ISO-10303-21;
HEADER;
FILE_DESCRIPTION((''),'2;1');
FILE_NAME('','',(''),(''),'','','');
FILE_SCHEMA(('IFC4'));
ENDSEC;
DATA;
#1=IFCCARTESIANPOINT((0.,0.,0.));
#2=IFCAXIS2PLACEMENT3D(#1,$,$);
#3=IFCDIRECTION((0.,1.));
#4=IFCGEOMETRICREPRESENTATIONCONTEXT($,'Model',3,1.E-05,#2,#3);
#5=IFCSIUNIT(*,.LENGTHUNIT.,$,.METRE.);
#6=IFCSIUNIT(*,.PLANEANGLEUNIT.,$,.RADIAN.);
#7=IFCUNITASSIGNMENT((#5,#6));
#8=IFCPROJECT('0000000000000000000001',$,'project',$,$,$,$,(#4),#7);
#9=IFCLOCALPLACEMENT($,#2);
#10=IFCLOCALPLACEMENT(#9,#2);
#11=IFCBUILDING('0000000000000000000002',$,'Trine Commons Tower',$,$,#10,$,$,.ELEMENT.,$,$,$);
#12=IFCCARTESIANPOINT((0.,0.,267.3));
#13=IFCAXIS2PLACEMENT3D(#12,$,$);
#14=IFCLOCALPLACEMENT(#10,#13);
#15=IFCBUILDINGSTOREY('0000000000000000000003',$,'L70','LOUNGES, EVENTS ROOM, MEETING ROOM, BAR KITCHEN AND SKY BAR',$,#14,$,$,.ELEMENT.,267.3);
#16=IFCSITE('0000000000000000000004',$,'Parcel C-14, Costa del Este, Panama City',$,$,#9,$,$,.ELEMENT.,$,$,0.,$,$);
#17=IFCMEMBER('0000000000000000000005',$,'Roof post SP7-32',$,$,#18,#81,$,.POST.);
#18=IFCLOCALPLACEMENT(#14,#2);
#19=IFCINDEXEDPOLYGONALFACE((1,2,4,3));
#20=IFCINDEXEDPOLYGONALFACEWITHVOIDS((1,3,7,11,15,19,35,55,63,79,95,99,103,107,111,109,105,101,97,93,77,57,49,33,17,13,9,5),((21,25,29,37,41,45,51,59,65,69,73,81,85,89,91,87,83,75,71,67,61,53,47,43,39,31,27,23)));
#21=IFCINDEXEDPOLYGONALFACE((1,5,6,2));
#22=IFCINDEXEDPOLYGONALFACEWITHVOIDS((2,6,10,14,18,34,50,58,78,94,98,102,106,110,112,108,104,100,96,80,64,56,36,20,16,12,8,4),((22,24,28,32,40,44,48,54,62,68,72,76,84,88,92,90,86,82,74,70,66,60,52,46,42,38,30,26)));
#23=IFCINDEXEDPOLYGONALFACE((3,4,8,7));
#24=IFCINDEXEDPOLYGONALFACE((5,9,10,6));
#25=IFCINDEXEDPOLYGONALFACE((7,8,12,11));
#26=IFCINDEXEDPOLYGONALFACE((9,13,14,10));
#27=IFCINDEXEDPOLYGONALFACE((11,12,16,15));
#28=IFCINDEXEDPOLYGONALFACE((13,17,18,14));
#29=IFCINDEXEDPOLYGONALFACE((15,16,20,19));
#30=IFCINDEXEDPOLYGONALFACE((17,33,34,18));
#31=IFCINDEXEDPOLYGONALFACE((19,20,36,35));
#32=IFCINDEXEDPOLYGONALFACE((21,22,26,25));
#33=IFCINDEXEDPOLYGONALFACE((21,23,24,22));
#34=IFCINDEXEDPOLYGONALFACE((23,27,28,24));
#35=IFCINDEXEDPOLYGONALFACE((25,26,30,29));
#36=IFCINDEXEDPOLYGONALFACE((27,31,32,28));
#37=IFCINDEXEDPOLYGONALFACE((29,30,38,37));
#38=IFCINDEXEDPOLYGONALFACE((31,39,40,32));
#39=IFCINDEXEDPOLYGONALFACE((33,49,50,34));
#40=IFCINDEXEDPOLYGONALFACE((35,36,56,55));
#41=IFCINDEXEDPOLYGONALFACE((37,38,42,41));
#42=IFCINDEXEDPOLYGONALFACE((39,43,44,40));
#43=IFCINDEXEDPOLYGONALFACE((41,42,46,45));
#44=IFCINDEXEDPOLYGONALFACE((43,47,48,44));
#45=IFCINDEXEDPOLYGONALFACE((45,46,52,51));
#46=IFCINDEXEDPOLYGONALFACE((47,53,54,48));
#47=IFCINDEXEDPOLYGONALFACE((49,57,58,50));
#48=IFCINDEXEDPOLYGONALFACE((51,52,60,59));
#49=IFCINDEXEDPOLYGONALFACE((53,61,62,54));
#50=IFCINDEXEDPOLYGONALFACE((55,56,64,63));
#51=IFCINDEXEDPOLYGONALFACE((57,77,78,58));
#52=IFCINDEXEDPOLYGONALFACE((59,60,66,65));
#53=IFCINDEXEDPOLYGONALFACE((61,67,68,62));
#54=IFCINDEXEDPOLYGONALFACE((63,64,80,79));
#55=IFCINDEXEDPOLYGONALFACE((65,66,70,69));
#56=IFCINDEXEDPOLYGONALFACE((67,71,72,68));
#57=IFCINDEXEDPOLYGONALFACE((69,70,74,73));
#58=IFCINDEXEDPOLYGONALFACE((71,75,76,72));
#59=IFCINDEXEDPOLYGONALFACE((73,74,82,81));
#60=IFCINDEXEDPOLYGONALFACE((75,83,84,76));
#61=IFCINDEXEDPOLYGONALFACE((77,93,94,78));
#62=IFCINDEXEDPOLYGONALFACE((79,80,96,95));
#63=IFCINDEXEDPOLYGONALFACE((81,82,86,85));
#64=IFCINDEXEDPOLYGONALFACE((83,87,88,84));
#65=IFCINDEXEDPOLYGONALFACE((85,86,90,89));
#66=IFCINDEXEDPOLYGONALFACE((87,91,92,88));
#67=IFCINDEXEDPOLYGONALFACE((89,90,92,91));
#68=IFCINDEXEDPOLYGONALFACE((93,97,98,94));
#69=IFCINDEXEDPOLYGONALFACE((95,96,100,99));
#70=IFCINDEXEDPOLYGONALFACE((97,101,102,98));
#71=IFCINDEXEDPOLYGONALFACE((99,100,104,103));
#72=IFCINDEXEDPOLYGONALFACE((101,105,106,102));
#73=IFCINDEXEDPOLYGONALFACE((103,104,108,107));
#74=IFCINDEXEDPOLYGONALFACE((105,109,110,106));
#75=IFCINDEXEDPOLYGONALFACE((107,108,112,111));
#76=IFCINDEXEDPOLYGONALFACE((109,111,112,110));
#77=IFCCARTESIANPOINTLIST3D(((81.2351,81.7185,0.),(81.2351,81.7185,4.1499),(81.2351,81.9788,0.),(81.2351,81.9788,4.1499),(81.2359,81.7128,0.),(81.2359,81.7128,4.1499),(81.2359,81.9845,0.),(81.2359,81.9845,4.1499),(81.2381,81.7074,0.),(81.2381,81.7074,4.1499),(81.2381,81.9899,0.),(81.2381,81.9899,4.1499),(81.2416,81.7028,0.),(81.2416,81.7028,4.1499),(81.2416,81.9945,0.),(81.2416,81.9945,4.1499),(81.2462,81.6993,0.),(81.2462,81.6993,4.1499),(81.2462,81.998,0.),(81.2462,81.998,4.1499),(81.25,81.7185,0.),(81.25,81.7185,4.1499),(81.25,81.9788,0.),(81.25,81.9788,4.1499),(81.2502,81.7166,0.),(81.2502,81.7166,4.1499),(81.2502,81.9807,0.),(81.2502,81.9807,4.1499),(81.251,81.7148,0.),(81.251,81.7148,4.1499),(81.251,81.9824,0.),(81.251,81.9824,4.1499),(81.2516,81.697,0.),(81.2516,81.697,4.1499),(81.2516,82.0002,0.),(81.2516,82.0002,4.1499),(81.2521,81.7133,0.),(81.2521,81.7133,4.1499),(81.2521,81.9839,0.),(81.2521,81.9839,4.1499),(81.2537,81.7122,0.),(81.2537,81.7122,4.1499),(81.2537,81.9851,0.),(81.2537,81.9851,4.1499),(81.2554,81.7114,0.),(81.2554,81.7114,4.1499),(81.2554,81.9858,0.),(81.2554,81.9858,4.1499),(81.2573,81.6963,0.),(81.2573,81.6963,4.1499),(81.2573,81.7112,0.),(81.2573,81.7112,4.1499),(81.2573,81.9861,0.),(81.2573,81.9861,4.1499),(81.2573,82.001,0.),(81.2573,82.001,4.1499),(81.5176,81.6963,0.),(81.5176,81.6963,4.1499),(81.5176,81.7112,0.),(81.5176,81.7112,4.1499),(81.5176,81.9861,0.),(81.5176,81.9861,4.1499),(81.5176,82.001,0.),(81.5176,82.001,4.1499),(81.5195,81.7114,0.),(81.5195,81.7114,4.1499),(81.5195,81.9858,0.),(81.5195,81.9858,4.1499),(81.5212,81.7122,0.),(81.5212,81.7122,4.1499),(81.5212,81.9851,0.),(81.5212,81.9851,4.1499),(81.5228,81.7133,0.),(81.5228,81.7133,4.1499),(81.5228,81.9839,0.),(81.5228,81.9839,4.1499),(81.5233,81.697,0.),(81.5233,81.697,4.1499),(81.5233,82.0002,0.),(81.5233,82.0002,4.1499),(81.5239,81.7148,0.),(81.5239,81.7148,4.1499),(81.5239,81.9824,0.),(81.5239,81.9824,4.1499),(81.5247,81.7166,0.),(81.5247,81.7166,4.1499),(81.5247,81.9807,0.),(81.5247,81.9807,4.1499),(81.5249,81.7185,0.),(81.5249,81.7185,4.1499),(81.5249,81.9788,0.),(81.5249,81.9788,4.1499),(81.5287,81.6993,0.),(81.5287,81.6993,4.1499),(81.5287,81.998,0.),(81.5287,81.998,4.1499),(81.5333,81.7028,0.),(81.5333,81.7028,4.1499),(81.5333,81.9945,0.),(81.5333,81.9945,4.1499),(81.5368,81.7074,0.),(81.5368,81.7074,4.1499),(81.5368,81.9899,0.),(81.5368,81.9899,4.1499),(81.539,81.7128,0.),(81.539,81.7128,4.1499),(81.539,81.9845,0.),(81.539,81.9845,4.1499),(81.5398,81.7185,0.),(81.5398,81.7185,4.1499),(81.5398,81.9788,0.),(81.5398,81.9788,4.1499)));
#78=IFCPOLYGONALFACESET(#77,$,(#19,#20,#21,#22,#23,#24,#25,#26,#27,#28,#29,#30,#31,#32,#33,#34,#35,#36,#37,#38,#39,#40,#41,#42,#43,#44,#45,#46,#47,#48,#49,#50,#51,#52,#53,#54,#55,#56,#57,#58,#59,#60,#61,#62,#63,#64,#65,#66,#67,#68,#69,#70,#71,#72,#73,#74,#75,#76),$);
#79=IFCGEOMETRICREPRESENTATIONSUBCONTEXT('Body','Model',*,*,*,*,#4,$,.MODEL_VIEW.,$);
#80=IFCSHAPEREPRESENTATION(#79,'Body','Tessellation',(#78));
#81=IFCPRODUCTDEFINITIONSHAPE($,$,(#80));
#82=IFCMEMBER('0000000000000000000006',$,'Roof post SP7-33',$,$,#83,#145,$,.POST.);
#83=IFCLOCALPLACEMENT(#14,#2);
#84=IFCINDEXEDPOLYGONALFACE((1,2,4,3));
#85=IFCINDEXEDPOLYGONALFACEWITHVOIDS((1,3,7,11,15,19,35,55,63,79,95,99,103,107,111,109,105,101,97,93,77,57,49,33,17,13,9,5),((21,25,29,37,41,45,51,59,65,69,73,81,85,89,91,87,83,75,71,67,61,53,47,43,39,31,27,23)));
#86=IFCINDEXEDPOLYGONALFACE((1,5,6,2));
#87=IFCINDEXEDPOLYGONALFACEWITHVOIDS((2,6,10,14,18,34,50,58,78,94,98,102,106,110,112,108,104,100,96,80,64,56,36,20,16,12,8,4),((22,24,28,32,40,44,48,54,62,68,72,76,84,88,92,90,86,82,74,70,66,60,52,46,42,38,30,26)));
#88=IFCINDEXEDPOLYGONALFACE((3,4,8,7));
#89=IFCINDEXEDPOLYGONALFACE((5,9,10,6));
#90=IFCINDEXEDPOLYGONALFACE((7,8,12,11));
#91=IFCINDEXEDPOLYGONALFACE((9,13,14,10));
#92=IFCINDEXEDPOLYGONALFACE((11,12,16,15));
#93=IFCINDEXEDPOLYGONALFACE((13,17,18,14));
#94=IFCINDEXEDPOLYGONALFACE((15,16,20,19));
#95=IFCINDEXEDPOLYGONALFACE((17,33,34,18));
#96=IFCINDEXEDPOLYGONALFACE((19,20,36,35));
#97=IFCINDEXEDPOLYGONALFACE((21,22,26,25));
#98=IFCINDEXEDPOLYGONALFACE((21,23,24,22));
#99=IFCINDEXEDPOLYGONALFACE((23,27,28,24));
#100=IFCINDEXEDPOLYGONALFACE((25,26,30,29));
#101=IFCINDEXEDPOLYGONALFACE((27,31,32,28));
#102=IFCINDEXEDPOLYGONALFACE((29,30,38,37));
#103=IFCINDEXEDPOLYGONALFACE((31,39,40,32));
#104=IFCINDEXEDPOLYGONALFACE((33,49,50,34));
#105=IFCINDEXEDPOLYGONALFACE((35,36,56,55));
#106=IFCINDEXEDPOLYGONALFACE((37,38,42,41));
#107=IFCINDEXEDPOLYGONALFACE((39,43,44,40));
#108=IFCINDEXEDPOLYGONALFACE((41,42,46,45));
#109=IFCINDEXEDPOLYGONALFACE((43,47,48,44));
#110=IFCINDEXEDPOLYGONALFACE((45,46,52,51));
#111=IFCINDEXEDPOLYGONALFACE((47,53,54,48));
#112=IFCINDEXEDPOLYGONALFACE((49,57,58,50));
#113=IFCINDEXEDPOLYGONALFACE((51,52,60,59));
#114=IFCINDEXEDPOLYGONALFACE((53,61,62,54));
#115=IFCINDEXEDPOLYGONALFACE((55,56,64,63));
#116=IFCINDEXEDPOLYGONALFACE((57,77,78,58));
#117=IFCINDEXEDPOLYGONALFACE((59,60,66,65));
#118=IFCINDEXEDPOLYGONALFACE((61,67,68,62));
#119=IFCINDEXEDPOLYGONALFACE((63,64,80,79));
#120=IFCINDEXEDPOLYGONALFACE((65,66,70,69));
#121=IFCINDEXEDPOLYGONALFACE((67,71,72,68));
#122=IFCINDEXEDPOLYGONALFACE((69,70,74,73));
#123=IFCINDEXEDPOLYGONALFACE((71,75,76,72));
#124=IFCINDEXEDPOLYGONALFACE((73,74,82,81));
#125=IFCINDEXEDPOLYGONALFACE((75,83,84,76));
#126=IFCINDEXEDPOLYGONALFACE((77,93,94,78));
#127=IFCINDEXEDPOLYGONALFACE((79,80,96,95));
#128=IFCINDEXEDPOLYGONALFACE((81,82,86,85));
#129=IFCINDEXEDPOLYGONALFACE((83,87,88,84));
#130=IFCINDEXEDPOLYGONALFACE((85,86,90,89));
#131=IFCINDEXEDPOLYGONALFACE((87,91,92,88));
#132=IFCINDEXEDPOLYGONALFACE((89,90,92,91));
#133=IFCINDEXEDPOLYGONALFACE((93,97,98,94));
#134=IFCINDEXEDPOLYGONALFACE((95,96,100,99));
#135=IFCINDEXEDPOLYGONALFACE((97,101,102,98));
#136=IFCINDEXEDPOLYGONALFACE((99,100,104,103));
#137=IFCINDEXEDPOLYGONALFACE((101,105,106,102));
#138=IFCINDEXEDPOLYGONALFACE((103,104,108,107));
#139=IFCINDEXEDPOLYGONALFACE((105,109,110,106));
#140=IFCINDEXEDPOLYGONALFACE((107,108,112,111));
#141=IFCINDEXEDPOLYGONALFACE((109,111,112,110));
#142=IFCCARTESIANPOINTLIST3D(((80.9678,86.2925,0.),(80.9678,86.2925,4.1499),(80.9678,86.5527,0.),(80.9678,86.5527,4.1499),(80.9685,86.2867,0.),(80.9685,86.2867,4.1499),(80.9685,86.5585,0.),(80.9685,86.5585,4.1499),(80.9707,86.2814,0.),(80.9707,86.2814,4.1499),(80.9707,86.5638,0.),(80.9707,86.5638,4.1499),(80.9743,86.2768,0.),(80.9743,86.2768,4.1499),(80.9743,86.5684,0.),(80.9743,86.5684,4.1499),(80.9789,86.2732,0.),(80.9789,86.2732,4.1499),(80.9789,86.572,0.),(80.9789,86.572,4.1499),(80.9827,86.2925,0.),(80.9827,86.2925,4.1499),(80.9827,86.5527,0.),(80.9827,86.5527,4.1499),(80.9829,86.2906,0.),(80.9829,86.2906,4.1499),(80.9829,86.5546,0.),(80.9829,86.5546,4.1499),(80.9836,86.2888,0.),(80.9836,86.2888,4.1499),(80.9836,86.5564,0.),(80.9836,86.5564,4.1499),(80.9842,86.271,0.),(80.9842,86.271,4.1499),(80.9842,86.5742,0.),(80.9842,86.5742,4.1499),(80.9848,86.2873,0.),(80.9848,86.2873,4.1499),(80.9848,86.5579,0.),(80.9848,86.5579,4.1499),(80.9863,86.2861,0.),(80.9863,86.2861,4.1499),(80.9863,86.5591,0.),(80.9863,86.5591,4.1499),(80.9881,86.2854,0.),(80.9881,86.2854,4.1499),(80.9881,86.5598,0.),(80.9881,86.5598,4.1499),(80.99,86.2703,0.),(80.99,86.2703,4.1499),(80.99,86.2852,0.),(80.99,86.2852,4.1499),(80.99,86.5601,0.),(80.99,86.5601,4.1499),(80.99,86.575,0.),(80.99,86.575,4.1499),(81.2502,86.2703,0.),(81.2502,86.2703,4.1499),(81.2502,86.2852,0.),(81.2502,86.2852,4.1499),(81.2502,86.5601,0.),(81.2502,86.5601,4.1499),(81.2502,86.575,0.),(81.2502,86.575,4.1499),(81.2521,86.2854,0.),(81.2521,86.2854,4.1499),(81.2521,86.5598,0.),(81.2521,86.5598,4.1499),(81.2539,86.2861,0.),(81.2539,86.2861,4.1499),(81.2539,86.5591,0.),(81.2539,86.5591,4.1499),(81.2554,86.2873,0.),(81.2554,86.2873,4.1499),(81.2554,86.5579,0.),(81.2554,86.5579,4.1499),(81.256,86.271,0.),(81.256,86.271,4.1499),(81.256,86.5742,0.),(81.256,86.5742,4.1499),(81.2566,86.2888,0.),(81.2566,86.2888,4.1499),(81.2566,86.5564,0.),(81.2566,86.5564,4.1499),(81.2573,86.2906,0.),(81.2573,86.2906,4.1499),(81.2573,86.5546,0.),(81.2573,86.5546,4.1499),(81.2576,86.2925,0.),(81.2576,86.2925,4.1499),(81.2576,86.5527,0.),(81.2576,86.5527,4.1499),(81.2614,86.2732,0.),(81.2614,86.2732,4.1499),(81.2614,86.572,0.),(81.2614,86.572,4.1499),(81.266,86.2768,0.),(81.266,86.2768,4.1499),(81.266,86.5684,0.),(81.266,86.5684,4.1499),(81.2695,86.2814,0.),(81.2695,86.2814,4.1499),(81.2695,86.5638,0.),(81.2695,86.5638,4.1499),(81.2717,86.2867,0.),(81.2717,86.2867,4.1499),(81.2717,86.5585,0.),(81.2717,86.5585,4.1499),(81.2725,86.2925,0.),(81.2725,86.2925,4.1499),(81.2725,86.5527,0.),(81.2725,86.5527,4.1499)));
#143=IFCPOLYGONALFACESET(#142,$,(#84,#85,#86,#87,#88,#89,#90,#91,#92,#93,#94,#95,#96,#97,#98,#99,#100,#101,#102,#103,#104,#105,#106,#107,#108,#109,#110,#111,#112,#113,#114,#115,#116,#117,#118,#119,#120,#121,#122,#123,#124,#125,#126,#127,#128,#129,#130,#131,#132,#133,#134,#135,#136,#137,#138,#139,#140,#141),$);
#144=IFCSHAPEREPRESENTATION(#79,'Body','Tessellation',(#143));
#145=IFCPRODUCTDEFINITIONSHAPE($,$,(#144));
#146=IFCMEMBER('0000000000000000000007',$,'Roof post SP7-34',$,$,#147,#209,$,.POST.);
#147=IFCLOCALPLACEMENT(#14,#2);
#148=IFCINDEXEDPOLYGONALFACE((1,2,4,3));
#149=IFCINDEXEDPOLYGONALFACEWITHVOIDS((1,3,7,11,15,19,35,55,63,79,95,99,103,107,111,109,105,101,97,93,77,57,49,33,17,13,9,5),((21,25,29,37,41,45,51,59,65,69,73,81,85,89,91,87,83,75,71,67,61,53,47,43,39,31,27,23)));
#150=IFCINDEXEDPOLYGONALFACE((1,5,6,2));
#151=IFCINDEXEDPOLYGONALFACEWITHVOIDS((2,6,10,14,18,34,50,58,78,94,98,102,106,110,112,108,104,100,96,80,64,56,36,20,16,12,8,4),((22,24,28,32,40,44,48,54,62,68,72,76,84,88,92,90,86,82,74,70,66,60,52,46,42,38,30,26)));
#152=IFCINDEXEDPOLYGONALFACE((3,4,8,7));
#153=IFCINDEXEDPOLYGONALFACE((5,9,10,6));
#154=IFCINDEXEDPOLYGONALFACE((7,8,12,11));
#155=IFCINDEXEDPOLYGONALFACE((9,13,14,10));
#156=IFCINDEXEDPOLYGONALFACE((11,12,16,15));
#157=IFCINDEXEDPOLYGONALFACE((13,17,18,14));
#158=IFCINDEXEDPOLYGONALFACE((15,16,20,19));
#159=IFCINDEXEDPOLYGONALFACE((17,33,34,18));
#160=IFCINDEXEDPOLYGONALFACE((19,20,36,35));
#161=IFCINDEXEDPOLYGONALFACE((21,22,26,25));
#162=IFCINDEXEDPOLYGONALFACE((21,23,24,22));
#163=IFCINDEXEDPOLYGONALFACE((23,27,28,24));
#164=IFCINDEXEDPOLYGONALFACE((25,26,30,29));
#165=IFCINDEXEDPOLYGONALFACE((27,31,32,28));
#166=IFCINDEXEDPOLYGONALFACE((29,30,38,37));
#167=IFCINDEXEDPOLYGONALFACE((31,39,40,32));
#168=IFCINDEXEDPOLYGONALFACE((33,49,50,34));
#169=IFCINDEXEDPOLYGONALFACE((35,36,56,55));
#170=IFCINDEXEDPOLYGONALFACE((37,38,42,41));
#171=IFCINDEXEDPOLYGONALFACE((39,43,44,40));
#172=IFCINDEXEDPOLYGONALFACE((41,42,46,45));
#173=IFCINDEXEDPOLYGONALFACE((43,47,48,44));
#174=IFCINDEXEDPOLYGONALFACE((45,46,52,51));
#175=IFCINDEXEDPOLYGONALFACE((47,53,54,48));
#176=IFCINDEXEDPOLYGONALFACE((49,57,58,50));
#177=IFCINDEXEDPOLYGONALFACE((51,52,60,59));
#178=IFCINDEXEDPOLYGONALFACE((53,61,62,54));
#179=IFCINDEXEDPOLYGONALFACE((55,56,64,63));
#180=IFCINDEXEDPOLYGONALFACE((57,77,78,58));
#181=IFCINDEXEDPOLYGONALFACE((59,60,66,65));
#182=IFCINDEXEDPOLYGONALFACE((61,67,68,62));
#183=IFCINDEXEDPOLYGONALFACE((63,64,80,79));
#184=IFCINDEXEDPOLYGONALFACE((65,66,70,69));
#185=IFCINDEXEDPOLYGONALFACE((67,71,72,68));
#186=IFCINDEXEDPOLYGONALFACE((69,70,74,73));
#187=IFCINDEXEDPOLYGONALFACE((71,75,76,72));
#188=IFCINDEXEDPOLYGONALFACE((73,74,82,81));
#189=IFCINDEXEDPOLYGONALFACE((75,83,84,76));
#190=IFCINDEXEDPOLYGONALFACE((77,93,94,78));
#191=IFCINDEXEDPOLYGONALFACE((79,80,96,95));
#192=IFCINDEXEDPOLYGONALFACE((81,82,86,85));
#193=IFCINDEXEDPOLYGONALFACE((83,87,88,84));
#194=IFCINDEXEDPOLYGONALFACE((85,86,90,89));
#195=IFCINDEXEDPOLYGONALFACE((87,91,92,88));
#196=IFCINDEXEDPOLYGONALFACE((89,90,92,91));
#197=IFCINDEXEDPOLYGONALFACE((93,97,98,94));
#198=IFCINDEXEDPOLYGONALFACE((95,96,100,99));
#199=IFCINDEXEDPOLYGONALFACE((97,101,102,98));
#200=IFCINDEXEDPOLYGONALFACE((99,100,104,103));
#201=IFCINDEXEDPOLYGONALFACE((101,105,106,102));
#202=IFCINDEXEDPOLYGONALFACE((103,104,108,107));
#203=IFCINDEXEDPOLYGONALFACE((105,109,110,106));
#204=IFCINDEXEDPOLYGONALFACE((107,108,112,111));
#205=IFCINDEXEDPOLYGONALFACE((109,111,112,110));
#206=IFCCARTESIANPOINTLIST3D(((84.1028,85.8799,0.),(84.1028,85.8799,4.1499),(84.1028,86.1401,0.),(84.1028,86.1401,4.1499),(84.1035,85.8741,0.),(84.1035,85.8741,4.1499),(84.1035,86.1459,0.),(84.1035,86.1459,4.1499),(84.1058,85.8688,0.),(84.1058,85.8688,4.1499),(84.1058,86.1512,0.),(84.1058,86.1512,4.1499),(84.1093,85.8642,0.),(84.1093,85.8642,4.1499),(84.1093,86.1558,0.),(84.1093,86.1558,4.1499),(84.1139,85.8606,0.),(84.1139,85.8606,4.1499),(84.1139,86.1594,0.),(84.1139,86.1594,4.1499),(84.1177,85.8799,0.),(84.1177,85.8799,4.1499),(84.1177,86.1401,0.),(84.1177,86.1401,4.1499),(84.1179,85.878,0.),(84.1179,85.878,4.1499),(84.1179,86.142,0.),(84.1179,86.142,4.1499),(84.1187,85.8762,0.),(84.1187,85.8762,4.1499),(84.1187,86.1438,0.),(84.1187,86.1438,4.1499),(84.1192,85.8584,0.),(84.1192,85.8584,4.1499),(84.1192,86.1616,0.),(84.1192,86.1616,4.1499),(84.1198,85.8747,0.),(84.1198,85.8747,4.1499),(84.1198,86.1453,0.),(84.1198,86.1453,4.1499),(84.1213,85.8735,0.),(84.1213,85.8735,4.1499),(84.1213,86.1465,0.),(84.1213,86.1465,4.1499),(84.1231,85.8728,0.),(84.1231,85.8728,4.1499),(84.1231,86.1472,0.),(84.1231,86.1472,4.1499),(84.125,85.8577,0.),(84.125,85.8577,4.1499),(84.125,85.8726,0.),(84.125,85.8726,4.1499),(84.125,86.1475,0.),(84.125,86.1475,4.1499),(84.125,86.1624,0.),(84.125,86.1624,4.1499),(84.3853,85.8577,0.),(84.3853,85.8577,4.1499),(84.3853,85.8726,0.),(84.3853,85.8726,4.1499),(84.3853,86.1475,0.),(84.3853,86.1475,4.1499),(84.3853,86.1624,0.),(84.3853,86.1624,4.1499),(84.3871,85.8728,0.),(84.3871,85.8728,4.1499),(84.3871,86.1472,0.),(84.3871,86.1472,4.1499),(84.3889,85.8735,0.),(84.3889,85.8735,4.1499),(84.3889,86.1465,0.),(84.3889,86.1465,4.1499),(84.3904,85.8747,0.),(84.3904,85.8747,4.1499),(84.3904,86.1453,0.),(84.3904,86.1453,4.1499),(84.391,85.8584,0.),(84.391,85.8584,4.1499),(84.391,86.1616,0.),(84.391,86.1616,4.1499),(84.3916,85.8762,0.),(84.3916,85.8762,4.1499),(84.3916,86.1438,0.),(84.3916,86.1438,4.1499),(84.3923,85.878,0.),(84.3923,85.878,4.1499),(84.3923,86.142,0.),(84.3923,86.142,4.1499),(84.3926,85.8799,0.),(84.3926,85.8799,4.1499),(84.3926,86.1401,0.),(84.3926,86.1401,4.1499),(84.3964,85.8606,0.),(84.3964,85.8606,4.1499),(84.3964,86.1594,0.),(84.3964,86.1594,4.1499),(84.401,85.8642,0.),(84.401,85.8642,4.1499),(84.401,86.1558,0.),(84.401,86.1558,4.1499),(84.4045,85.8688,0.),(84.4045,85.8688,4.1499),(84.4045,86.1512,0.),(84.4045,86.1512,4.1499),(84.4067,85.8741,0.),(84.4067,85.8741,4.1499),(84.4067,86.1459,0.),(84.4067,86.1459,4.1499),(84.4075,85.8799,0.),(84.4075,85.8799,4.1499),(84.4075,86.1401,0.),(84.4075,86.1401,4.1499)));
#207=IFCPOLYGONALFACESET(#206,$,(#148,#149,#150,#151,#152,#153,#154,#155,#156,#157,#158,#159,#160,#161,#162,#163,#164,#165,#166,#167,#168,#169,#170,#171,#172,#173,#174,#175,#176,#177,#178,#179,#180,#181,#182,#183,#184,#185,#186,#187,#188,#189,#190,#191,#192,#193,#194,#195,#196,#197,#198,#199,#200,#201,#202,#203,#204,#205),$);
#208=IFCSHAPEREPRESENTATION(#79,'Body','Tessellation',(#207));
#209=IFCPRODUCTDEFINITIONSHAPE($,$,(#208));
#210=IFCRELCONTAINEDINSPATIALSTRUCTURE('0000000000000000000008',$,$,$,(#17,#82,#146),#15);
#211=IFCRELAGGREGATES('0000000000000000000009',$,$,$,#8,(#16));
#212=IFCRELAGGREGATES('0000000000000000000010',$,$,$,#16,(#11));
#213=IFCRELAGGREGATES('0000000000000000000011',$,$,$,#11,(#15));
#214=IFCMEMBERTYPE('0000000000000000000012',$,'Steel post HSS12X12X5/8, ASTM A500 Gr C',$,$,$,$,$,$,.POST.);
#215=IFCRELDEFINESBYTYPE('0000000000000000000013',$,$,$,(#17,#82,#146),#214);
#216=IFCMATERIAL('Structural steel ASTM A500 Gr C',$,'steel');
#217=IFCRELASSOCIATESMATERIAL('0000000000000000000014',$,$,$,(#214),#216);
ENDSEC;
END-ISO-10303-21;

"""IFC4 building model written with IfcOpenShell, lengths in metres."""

from ifc_helpers import new_model, si_unit, direction, frame, origin, origin_2d, place, context, subcontext, project, spatial, hollow_rectangle, extrude, material, material_profile, profile_set, type_object, element, save


model = new_model("IFC4")

# Units and contexts
model_context = context("Model", 3, precision=1e-05, world=origin(), true_north=direction((0.0, 1.0)))
body_context = subcontext(model_context, "Body", "Model", "MODEL_VIEW")
ifc_project = project(units=[si_unit("LENGTHUNIT", "METRE"), si_unit("PLANEANGLEUNIT", "RADIAN")], contexts=[model_context])

# Site, building, storey
site_placement = place(None, origin())
site = spatial("IfcSite", under=ifc_project, at=site_placement, Name="Parcel C-14, Costa del Este, Panama City", CompositionType="ELEMENT", RefElevation=0.0)
building_placement = place(site_placement, origin())
building = spatial("IfcBuilding", under=site, at=building_placement, Name="Trine Commons Tower", CompositionType="ELEMENT")
storey_placement = place(building_placement, frame((0.0, 0.0, 267.3)))
storey = spatial("IfcBuildingStorey", under=building, at=storey_placement, Name="L70", Description="LOUNGES, EVENTS ROOM, MEETING ROOM, BAR KITCHEN AND SKY BAR", CompositionType="ELEMENT", Elevation=267.3)

# Members
ifc_material_1 = material(Name="Structural steel ASTM A500 Gr C", Category="steel")
ifc_material_profile_1 = material_profile(ifc_material_1, hollow_rectangle(XDim=0.3047, YDim=0.3047, WallThickness=0.0149, InnerFilletRadius=0.0073, OuterFilletRadius=0.0222, at=origin_2d()), Name="HSS12X12X5/8")
ifc_profile_set_1 = profile_set([ifc_material_profile_1], Name="Structural steel ASTM A500 Gr C")
member_type_1 = type_object("IfcMemberType", Name="Steel post HSS12X12X5/8, ASTM A500 Gr C", PredefinedType="POST", material=ifc_profile_set_1)
for number, where, z_axis, x_axis, name in (
    (1, (81.3875, 81.8486, 0.0), (0.0, 0.0, 1.0), (1.0, 0.0, 0.0), "Roof post SP7-32"),
    (2, (81.1201, 86.4226, 0.0), (0.0, 0.0, 1.0), (1.0, 0.0, 0.0), "Roof post SP7-33"),
    (3, (84.2551, 86.01, 0.0), (0.0, 0.0, 1.0), (1.0, 0.0, 0.0), "Roof post SP7-34"),
):
    element("IfcMember", number, at=place(storey_placement, frame(where, z_axis=z_axis, x_axis=x_axis)), inside=storey, type_object=member_type_1, Name=name, PredefinedType="POST", context=body_context, shape_type="SweptSolid", body=[
        extrude(hollow_rectangle(XDim=0.3047, YDim=0.3047, WallThickness=0.0149, InnerFilletRadius=0.0073, OuterFilletRadius=0.0222, at=origin_2d()), origin(), (0.0, 0.0, 1.0), 4.1499),
    ])

save(model, "model.ifc")
